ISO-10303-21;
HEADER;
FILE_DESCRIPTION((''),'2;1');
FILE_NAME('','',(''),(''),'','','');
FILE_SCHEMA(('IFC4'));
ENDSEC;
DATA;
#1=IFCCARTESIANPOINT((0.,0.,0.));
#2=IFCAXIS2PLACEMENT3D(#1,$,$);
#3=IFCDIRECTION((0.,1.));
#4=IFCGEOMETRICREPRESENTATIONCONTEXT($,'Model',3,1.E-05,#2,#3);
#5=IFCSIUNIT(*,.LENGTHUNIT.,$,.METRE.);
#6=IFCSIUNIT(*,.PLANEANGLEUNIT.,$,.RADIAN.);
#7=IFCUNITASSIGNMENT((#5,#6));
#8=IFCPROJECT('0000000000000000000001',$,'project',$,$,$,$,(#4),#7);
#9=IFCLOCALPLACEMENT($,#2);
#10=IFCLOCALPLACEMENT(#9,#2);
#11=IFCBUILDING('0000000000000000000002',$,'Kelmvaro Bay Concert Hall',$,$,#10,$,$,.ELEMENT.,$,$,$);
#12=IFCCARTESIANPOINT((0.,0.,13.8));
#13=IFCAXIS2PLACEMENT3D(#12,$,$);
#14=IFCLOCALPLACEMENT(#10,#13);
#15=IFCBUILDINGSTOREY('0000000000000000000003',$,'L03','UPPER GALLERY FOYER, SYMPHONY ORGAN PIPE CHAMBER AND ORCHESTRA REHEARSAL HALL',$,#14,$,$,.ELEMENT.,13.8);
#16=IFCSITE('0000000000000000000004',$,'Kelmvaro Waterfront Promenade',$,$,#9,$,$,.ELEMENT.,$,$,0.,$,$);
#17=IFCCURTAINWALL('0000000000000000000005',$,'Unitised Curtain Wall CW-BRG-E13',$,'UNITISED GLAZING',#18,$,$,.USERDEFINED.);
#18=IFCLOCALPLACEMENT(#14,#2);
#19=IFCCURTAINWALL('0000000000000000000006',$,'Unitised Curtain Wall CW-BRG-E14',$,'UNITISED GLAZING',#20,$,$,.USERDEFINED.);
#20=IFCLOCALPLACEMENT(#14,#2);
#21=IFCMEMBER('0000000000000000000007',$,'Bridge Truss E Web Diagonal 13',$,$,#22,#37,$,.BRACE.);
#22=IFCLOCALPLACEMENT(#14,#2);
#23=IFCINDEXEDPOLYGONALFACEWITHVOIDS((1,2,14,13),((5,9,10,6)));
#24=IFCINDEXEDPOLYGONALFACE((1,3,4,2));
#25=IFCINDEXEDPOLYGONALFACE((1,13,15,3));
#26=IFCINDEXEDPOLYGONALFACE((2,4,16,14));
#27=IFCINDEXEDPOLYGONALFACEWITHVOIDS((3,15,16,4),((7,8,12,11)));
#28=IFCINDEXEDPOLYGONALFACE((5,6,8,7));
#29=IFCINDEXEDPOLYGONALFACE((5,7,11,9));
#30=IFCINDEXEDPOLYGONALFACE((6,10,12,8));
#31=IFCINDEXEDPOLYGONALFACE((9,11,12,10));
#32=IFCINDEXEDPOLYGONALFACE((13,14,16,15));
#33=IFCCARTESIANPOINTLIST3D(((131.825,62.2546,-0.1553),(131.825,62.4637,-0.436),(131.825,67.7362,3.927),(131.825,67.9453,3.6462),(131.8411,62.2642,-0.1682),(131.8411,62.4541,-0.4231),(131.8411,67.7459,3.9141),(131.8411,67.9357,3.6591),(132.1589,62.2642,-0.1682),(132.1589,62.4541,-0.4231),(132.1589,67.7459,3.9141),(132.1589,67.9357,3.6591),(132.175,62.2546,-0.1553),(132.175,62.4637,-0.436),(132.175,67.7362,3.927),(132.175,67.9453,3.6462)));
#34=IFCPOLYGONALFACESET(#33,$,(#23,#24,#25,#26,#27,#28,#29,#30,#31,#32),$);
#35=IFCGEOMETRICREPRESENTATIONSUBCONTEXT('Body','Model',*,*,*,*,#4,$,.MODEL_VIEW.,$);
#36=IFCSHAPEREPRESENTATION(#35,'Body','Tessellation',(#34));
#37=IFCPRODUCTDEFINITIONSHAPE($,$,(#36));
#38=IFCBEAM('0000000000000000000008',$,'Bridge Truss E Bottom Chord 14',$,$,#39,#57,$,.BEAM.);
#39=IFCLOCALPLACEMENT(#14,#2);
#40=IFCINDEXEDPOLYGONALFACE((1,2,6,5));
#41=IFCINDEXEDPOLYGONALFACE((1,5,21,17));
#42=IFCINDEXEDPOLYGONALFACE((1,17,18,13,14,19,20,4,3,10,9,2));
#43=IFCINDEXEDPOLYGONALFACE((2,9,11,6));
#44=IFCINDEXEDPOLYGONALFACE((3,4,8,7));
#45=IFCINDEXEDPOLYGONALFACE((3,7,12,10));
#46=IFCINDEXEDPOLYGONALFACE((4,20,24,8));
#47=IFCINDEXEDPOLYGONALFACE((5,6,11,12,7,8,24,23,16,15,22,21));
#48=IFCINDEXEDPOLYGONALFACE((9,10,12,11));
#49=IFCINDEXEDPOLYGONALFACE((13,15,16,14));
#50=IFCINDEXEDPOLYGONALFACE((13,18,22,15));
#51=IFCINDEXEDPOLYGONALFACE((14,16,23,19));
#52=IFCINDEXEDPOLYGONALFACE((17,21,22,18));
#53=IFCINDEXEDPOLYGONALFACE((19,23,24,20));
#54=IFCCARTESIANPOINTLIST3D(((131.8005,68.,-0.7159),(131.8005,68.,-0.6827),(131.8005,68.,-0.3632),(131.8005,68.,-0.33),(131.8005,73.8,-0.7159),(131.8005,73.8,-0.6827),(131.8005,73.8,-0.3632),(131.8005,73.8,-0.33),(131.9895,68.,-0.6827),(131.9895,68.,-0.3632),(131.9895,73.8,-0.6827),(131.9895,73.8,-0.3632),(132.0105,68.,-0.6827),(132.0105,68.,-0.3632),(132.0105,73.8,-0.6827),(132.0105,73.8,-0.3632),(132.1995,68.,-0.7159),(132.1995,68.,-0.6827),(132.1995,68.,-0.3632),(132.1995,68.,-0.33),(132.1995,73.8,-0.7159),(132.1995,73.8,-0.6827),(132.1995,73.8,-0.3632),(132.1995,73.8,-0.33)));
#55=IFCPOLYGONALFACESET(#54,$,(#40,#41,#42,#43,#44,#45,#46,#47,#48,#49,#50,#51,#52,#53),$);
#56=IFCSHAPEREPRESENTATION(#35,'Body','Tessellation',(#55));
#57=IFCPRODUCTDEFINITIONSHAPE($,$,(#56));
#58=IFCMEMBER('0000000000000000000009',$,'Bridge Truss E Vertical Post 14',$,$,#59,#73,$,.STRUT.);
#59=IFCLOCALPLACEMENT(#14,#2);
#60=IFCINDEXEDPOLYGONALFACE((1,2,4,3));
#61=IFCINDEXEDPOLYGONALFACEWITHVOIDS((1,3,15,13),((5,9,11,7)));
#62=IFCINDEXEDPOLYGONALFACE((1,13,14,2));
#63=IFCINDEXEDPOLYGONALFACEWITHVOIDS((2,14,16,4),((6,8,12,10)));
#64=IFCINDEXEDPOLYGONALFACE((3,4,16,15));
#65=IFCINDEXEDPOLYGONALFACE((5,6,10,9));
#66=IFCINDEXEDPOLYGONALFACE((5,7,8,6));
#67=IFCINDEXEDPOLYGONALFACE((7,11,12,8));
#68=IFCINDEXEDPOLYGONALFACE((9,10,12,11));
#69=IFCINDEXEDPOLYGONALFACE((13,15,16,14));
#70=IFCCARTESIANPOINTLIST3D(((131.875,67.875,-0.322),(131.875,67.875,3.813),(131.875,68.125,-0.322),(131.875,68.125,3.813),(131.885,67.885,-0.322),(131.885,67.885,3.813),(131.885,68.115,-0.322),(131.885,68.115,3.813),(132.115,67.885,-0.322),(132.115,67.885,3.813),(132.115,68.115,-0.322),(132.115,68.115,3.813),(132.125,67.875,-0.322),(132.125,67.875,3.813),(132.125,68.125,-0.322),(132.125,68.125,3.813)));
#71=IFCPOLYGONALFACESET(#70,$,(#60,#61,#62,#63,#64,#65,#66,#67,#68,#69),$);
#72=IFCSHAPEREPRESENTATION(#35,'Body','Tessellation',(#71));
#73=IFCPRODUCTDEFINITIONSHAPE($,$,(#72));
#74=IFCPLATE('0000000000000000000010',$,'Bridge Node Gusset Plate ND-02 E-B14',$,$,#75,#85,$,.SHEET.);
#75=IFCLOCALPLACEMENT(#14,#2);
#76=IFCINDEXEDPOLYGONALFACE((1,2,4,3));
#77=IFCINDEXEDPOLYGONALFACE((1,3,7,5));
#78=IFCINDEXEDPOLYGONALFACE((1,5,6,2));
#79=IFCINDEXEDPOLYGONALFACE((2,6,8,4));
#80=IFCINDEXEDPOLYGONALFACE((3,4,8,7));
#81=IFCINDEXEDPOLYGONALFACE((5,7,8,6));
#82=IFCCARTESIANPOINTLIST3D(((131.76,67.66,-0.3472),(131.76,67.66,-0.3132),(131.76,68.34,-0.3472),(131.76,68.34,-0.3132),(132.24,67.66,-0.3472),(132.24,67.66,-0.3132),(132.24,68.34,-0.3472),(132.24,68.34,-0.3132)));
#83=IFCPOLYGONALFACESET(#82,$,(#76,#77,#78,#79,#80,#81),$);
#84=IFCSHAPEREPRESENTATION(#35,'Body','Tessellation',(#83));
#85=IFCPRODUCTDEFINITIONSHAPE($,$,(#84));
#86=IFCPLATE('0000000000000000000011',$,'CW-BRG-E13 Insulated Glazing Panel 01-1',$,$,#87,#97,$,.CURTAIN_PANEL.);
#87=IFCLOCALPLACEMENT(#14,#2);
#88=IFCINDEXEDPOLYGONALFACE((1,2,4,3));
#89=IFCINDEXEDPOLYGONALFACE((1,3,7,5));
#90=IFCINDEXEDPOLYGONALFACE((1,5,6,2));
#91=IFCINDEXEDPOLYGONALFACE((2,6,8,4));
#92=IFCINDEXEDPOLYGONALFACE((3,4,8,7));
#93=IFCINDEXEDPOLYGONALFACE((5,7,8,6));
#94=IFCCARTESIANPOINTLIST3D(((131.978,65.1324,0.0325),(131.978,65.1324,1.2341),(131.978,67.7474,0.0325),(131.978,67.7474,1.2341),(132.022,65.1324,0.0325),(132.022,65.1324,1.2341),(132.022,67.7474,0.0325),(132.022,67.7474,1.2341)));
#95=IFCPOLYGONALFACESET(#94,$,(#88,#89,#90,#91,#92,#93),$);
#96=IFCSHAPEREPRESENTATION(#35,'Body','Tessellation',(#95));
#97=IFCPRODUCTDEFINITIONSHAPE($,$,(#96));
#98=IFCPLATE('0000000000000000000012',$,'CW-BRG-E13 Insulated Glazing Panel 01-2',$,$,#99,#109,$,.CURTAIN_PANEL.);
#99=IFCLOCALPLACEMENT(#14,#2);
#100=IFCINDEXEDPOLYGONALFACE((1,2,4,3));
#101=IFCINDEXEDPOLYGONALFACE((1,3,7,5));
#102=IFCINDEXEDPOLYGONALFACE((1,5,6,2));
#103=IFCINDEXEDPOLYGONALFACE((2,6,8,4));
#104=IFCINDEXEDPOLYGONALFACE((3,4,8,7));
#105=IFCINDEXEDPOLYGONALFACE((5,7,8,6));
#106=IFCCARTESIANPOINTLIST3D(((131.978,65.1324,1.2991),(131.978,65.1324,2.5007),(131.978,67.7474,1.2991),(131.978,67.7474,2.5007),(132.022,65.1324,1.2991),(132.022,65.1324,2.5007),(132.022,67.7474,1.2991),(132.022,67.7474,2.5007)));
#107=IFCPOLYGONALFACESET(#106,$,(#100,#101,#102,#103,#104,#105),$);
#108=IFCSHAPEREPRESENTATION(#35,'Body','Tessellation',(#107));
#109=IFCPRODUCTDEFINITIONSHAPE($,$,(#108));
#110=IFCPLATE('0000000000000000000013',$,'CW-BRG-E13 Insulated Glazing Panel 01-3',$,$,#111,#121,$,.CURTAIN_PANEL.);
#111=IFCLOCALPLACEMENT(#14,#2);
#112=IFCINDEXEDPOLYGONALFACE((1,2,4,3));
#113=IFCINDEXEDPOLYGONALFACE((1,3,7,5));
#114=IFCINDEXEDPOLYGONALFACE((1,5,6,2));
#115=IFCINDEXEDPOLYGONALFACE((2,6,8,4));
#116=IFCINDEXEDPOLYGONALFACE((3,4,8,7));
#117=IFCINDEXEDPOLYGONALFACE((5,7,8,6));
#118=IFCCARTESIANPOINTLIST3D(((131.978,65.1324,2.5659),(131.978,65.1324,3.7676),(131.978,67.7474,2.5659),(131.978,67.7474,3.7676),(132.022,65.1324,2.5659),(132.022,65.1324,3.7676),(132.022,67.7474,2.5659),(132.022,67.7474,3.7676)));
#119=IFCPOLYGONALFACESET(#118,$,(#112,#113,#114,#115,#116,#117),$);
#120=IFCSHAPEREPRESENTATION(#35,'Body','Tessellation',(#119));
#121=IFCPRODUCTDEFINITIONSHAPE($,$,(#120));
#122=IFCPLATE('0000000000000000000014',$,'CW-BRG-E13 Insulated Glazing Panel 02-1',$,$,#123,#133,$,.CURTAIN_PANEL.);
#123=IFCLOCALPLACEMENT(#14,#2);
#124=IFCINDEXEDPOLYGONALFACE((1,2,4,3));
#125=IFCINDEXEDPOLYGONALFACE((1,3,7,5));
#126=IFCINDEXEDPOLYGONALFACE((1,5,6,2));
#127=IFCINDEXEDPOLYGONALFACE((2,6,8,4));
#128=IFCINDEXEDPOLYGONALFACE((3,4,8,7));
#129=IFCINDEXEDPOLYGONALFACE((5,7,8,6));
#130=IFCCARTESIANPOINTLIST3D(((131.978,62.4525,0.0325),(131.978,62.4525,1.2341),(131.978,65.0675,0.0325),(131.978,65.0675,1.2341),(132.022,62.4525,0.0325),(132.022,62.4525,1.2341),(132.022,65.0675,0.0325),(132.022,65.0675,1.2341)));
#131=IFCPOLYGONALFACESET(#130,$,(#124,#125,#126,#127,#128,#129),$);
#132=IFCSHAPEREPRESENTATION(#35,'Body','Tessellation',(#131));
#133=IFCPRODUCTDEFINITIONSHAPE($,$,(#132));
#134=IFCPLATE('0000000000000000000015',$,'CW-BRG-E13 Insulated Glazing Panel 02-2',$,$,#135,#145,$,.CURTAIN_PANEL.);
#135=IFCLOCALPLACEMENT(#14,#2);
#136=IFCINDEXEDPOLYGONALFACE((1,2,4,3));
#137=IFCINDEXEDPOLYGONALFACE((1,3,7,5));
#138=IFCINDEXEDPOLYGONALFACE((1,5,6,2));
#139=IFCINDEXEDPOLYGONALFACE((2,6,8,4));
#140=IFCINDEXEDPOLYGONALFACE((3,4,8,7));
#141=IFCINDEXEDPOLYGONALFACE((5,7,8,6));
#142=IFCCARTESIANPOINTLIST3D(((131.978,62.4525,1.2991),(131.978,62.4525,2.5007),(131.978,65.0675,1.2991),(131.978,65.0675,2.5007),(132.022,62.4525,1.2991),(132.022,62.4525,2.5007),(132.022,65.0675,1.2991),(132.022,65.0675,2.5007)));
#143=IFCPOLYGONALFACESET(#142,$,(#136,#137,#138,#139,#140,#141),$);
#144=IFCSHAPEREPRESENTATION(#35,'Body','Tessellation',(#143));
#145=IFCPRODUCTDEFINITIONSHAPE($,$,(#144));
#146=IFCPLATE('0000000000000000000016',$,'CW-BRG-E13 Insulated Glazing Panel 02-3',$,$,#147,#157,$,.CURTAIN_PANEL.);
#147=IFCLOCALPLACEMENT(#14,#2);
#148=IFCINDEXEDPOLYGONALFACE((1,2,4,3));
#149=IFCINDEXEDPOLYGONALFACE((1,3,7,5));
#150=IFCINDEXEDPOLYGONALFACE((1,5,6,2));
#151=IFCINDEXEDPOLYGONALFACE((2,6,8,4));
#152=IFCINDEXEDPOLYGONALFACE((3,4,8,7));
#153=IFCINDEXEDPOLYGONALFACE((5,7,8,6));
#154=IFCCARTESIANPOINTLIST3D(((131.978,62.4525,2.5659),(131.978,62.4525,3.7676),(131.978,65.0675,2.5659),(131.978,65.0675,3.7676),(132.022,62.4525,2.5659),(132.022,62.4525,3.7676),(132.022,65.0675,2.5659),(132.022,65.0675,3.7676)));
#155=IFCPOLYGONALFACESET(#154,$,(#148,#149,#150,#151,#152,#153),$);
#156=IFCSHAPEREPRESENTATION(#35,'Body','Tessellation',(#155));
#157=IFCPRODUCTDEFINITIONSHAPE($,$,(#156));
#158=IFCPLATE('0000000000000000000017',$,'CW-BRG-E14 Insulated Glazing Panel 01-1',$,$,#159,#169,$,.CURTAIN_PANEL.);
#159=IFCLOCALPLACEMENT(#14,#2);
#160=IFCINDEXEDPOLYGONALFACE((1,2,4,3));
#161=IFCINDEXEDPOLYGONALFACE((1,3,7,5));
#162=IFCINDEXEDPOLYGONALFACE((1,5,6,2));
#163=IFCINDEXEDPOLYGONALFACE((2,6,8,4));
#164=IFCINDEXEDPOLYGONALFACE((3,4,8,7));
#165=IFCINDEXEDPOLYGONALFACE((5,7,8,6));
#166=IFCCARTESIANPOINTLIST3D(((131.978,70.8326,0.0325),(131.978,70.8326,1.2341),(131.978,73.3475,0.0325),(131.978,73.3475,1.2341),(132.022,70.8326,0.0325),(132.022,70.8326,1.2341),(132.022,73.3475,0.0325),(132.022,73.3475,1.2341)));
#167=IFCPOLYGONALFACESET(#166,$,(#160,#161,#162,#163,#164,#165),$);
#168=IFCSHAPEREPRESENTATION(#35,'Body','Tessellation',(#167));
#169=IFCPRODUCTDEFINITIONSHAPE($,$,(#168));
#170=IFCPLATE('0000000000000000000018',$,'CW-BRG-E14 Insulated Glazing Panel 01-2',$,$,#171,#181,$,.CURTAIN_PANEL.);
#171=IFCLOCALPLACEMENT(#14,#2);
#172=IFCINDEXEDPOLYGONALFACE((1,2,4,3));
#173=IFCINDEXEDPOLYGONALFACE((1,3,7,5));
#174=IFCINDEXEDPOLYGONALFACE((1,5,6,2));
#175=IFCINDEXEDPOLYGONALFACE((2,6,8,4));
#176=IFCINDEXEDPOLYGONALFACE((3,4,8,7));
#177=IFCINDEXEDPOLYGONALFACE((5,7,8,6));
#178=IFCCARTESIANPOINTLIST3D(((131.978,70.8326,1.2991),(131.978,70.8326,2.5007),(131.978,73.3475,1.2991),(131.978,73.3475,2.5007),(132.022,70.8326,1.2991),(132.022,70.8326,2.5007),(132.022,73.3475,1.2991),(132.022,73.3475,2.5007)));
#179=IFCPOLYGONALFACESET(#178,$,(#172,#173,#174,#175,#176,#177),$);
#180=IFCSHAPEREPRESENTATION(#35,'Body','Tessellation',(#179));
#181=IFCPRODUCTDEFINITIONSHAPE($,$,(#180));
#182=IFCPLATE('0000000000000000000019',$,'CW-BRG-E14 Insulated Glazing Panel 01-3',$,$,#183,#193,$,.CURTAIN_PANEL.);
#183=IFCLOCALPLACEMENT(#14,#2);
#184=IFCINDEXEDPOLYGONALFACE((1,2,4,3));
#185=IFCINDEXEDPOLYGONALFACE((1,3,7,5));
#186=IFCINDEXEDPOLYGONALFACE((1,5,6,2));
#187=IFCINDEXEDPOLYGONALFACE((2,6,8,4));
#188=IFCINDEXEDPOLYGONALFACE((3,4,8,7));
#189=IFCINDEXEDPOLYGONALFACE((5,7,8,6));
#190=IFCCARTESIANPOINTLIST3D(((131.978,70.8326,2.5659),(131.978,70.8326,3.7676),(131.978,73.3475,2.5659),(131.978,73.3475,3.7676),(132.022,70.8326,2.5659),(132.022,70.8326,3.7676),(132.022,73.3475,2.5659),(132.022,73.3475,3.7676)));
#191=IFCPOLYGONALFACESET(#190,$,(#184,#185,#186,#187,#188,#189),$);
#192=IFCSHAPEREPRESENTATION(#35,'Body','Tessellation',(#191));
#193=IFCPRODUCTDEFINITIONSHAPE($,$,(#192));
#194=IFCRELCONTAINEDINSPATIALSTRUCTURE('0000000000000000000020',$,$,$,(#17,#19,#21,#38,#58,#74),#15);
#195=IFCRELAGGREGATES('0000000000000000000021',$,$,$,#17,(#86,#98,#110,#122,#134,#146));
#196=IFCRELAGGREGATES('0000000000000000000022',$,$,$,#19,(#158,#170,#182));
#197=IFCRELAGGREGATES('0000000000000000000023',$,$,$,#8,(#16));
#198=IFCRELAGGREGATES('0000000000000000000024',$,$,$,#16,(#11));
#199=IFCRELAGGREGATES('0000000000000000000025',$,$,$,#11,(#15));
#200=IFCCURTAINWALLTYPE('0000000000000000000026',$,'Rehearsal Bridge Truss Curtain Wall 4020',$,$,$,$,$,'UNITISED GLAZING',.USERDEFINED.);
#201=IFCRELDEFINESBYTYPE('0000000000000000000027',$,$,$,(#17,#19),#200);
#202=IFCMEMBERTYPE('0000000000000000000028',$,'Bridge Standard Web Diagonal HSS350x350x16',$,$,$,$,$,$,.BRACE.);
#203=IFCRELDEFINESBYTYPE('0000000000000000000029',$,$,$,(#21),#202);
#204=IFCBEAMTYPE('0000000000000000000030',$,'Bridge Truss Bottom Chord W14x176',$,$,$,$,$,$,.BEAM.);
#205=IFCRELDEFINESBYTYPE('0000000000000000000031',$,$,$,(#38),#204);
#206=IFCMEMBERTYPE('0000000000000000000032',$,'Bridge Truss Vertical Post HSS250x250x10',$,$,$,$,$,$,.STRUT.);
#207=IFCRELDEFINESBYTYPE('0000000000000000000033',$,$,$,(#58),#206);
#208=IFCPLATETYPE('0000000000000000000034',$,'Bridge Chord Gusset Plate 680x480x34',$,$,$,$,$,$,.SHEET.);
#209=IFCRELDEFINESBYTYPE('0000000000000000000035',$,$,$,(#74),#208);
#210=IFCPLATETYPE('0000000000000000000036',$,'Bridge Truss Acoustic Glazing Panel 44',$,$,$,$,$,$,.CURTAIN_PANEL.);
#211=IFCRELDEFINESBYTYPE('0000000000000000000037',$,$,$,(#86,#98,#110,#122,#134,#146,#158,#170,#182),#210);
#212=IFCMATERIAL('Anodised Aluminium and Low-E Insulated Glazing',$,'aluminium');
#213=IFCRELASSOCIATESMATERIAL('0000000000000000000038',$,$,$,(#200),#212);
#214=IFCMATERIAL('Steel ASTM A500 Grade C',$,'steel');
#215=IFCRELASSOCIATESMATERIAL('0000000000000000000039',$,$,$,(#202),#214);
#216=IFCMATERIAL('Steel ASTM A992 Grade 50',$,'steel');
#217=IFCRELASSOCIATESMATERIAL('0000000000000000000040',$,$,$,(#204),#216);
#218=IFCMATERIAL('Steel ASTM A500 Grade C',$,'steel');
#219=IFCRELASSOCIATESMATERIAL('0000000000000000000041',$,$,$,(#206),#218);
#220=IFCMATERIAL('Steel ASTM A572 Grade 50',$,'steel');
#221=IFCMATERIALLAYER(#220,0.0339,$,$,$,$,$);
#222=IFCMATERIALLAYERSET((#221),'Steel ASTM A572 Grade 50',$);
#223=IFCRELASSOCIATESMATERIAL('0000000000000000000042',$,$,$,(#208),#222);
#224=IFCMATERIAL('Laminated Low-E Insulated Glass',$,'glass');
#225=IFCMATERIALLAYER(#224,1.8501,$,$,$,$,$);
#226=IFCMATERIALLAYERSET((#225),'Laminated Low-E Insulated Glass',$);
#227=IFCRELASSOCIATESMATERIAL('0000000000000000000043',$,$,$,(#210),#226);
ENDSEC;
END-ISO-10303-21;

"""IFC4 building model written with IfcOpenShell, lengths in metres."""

from ifc_helpers import new_model, si_unit, direction, frame, origin, origin_2d, place, context, subcontext, project, spatial, rectangle, hollow_rectangle, i_section, extrude, material, layer, layer_set, material_profile, profile_set, type_object, element, aggregate, save


model = new_model("IFC4")

# Units and contexts
model_context = context("Model", 3, precision=1e-05, world=origin(), true_north=direction((0.0, 1.0)))
body_context = subcontext(model_context, "Body", "Model", "MODEL_VIEW")
ifc_project = project(units=[si_unit("LENGTHUNIT", "METRE"), si_unit("PLANEANGLEUNIT", "RADIAN")], contexts=[model_context])

# Site, building, storey
site_placement = place(None, origin())
site = spatial("IfcSite", under=ifc_project, at=site_placement, Name="Kelmvaro Waterfront Promenade", CompositionType="ELEMENT", RefElevation=0.0)
building_placement = place(site_placement, origin())
building = spatial("IfcBuilding", under=site, at=building_placement, Name="Kelmvaro Bay Concert Hall", CompositionType="ELEMENT")
storey_placement = place(building_placement, frame((0.0, 0.0, 13.8)))
storey = spatial("IfcBuildingStorey", under=building, at=storey_placement, Name="L03", Description="UPPER GALLERY FOYER, SYMPHONY ORGAN PIPE CHAMBER AND ORCHESTRA REHEARSAL HALL", CompositionType="ELEMENT", Elevation=13.8)

# Curtain walls
ifc_material_1 = material(Name="Anodised Aluminium and Low-E Insulated Glazing", Category="aluminium")
curtain_wall_type = type_object("IfcCurtainWallType", Name="Rehearsal Bridge Truss Curtain Wall 4020", ElementType="UNITISED GLAZING", PredefinedType="USERDEFINED", material=ifc_material_1)
curtain_wall_1_placement = place(storey_placement, origin())
curtain_wall_1 = element("IfcCurtainWall", 1, at=curtain_wall_1_placement, inside=storey, type_object=curtain_wall_type, Name="Unitised Curtain Wall CW-BRG-E13", ObjectType="UNITISED GLAZING", PredefinedType="USERDEFINED")
curtain_wall_2_placement = place(storey_placement, origin())
curtain_wall_2 = element("IfcCurtainWall", 2, at=curtain_wall_2_placement, inside=storey, type_object=curtain_wall_type, Name="Unitised Curtain Wall CW-BRG-E14", ObjectType="UNITISED GLAZING", PredefinedType="USERDEFINED")

# Member
ifc_material_2 = material(Name="Steel ASTM A500 Grade C", Category="steel")
ifc_material_profile_1 = material_profile(ifc_material_2, hollow_rectangle(XDim=0.3501, YDim=0.3501, WallThickness=0.0161, at=origin_2d()), Name="HSS350X350X16")
ifc_profile_set_1 = profile_set([ifc_material_profile_1], Name="Steel ASTM A500 Grade C")
member_type_1 = type_object("IfcMemberType", Name="Bridge Standard Web Diagonal HSS350x350x16", PredefinedType="BRACE", material=ifc_profile_set_1)
member_1_placement = place(storey_placement, frame((132.0, 62.3591, -0.2957), z_axis=(0.0, 0.802031, 0.597282), x_axis=(-1.0, 0.0, 0.0)))
element("IfcMember", 3, at=member_1_placement, inside=storey, type_object=member_type_1, Name="Bridge Truss E Web Diagonal 13", PredefinedType="BRACE", context=body_context, shape_type="SweptSolid", body=[
    extrude(hollow_rectangle(XDim=0.3501, YDim=0.3501, WallThickness=0.0161, at=origin_2d()), origin(), (0.0, 0.0, 1.0), 6.8347),
])

# Beam
ifc_material_3 = material(Name="Steel ASTM A992 Grade 50", Category="steel")
ifc_material_profile_2 = material_profile(ifc_material_3, i_section(OverallWidth=0.3989, OverallDepth=0.386, WebThickness=0.021, FlangeThickness=0.0332, at=origin_2d()), Name="W14X176")
ifc_profile_set_2 = profile_set([ifc_material_profile_2], Name="Steel ASTM A992 Grade 50")
beam_type = type_object("IfcBeamType", Name="Bridge Truss Bottom Chord W14x176", PredefinedType="BEAM", material=ifc_profile_set_2)
beam_placement = place(storey_placement, frame((132.0, 68.0, -0.5229), z_axis=(0.0, 1.0, 0.0), x_axis=(-1.0, 0.0, 0.0)))
element("IfcBeam", 4, at=beam_placement, inside=storey, type_object=beam_type, Name="Bridge Truss E Bottom Chord 14", PredefinedType="BEAM", context=body_context, shape_type="SweptSolid", body=[
    extrude(i_section(OverallWidth=0.3989, OverallDepth=0.386, WebThickness=0.021, FlangeThickness=0.0332, at=origin_2d()), origin(), (0.0, 0.0, 1.0), 5.8),
])

# Member
ifc_material_4 = material(Name="Steel ASTM A500 Grade C", Category="steel")
ifc_material_profile_3 = material_profile(ifc_material_4, hollow_rectangle(XDim=0.25, YDim=0.25, WallThickness=0.01, at=origin_2d()), Name="HSS250X250X10")
ifc_profile_set_3 = profile_set([ifc_material_profile_3], Name="Steel ASTM A500 Grade C")
member_type_2 = type_object("IfcMemberType", Name="Bridge Truss Vertical Post HSS250x250x10", PredefinedType="STRUT", material=ifc_profile_set_3)
member_2_placement = place(storey_placement, frame((132.0, 68.0, -0.322), z_axis=(0.0, 0.0, 1.0), x_axis=(1.0, 0.0, 0.0)))
element("IfcMember", 5, at=member_2_placement, inside=storey, type_object=member_type_2, Name="Bridge Truss E Vertical Post 14", PredefinedType="STRUT", context=body_context, shape_type="SweptSolid", body=[
    extrude(hollow_rectangle(XDim=0.25, YDim=0.25, WallThickness=0.01, at=origin_2d()), origin(), (0.0, 0.0, 1.0), 4.135),
])

# Plates
ifc_material_5 = material(Name="Steel ASTM A572 Grade 50", Category="steel")
ifc_layer_1 = layer(ifc_material_5, 0.0339)
ifc_layer_set_1 = layer_set([ifc_layer_1], Name="Steel ASTM A572 Grade 50")
plate_type_1 = type_object("IfcPlateType", Name="Bridge Chord Gusset Plate 680x480x34", PredefinedType="SHEET", material=ifc_layer_set_1)
plate_1_placement = place(storey_placement, frame((132.0, 68.0, -0.3472), z_axis=(0.0, 0.0, 1.0), x_axis=(0.0, 1.0, 0.0)))
element("IfcPlate", 6, at=plate_1_placement, inside=storey, type_object=plate_type_1, Name="Bridge Node Gusset Plate ND-02 E-B14", PredefinedType="SHEET", context=body_context, shape_type="SweptSolid", body=[
    extrude(rectangle(XDim=0.6799, YDim=0.48, at=origin_2d()), origin(), (0.0, 0.0, 1.0), 0.0339),
])
ifc_material_6 = material(Name="Laminated Low-E Insulated Glass", Category="glass")
ifc_layer_2 = layer(ifc_material_6, 1.8501)
ifc_layer_set_2 = layer_set([ifc_layer_2], Name="Laminated Low-E Insulated Glass")
plate_type_2 = type_object("IfcPlateType", Name="Bridge Truss Acoustic Glazing Panel 44", PredefinedType="CURTAIN_PANEL", material=ifc_layer_set_2)
plate_2_placement = place(storey_placement, frame((132.0, 66.4399, 0.0325), z_axis=(0.0, 0.0, 1.0), x_axis=(0.0, -1.0, 0.0)))
plate_2 = element("IfcPlate", 7, at=plate_2_placement, type_object=plate_type_2, Name="CW-BRG-E13 Insulated Glazing Panel 01-1", PredefinedType="CURTAIN_PANEL", context=body_context, shape_type="SweptSolid", body=[
    extrude(rectangle(XDim=2.615, YDim=0.0439, at=origin_2d()), origin(), (0.0, 0.0, 1.0), 1.2017),
])
plate_3_placement = place(storey_placement, frame((132.0, 66.4399, 1.2991), z_axis=(0.0, 0.0, 1.0), x_axis=(0.0, -1.0, 0.0)))
plate_3 = element("IfcPlate", 8, at=plate_3_placement, type_object=plate_type_2, Name="CW-BRG-E13 Insulated Glazing Panel 01-2", PredefinedType="CURTAIN_PANEL", context=body_context, shape_type="SweptSolid", body=[
    extrude(rectangle(XDim=2.615, YDim=0.0439, at=origin_2d()), origin(), (0.0, 0.0, 1.0), 1.2017),
])
plate_4_placement = place(storey_placement, frame((132.0, 66.4399, 2.5659), z_axis=(0.0, 0.0, 1.0), x_axis=(0.0, -1.0, 0.0)))
plate_4 = element("IfcPlate", 9, at=plate_4_placement, type_object=plate_type_2, Name="CW-BRG-E13 Insulated Glazing Panel 01-3", PredefinedType="CURTAIN_PANEL", context=body_context, shape_type="SweptSolid", body=[
    extrude(rectangle(XDim=2.615, YDim=0.0439, at=origin_2d()), origin(), (0.0, 0.0, 1.0), 1.2017),
])
plate_5_placement = place(storey_placement, frame((132.0, 63.76, 0.0325), z_axis=(0.0, 0.0, 1.0), x_axis=(0.0, -1.0, 0.0)))
plate_5 = element("IfcPlate", 10, at=plate_5_placement, type_object=plate_type_2, Name="CW-BRG-E13 Insulated Glazing Panel 02-1", PredefinedType="CURTAIN_PANEL", context=body_context, shape_type="SweptSolid", body=[
    extrude(rectangle(XDim=2.615, YDim=0.0439, at=origin_2d()), origin(), (0.0, 0.0, 1.0), 1.2017),
])
plate_6_placement = place(storey_placement, frame((132.0, 63.76, 1.2991), z_axis=(0.0, 0.0, 1.0), x_axis=(0.0, -1.0, 0.0)))
plate_6 = element("IfcPlate", 11, at=plate_6_placement, type_object=plate_type_2, Name="CW-BRG-E13 Insulated Glazing Panel 02-2", PredefinedType="CURTAIN_PANEL", context=body_context, shape_type="SweptSolid", body=[
    extrude(rectangle(XDim=2.615, YDim=0.0439, at=origin_2d()), origin(), (0.0, 0.0, 1.0), 1.2017),
])
plate_7_placement = place(storey_placement, frame((132.0, 63.76, 2.5659), z_axis=(0.0, 0.0, 1.0), x_axis=(0.0, -1.0, 0.0)))
plate_7 = element("IfcPlate", 12, at=plate_7_placement, type_object=plate_type_2, Name="CW-BRG-E13 Insulated Glazing Panel 02-3", PredefinedType="CURTAIN_PANEL", context=body_context, shape_type="SweptSolid", body=[
    extrude(rectangle(XDim=2.615, YDim=0.0439, at=origin_2d()), origin(), (0.0, 0.0, 1.0), 1.2017),
])
aggregate(curtain_wall_1, [plate_2, plate_3, plate_4, plate_5, plate_6, plate_7])
plate_8_placement = place(storey_placement, frame((132.0, 72.0901, 0.0325), z_axis=(0.0, 0.0, 1.0), x_axis=(0.0, -1.0, 0.0)))
plate_8 = element("IfcPlate", 13, at=plate_8_placement, type_object=plate_type_2, Name="CW-BRG-E14 Insulated Glazing Panel 01-1", PredefinedType="CURTAIN_PANEL", context=body_context, shape_type="SweptSolid", body=[
    extrude(rectangle(XDim=2.5149, YDim=0.0439, at=origin_2d()), origin(), (0.0, 0.0, 1.0), 1.2017),
])
plate_9_placement = place(storey_placement, frame((132.0, 72.0901, 1.2991), z_axis=(0.0, 0.0, 1.0), x_axis=(0.0, -1.0, 0.0)))
plate_9 = element("IfcPlate", 14, at=plate_9_placement, type_object=plate_type_2, Name="CW-BRG-E14 Insulated Glazing Panel 01-2", PredefinedType="CURTAIN_PANEL", context=body_context, shape_type="SweptSolid", body=[
    extrude(rectangle(XDim=2.5149, YDim=0.0439, at=origin_2d()), origin(), (0.0, 0.0, 1.0), 1.2017),
])
plate_10_placement = place(storey_placement, frame((132.0, 72.0901, 2.5659), z_axis=(0.0, 0.0, 1.0), x_axis=(0.0, -1.0, 0.0)))
plate_10 = element("IfcPlate", 15, at=plate_10_placement, type_object=plate_type_2, Name="CW-BRG-E14 Insulated Glazing Panel 01-3", PredefinedType="CURTAIN_PANEL", context=body_context, shape_type="SweptSolid", body=[
    extrude(rectangle(XDim=2.5149, YDim=0.0439, at=origin_2d()), origin(), (0.0, 0.0, 1.0), 1.2017),
])
aggregate(curtain_wall_2, [plate_8, plate_9, plate_10])

save(model, "model.ifc")
